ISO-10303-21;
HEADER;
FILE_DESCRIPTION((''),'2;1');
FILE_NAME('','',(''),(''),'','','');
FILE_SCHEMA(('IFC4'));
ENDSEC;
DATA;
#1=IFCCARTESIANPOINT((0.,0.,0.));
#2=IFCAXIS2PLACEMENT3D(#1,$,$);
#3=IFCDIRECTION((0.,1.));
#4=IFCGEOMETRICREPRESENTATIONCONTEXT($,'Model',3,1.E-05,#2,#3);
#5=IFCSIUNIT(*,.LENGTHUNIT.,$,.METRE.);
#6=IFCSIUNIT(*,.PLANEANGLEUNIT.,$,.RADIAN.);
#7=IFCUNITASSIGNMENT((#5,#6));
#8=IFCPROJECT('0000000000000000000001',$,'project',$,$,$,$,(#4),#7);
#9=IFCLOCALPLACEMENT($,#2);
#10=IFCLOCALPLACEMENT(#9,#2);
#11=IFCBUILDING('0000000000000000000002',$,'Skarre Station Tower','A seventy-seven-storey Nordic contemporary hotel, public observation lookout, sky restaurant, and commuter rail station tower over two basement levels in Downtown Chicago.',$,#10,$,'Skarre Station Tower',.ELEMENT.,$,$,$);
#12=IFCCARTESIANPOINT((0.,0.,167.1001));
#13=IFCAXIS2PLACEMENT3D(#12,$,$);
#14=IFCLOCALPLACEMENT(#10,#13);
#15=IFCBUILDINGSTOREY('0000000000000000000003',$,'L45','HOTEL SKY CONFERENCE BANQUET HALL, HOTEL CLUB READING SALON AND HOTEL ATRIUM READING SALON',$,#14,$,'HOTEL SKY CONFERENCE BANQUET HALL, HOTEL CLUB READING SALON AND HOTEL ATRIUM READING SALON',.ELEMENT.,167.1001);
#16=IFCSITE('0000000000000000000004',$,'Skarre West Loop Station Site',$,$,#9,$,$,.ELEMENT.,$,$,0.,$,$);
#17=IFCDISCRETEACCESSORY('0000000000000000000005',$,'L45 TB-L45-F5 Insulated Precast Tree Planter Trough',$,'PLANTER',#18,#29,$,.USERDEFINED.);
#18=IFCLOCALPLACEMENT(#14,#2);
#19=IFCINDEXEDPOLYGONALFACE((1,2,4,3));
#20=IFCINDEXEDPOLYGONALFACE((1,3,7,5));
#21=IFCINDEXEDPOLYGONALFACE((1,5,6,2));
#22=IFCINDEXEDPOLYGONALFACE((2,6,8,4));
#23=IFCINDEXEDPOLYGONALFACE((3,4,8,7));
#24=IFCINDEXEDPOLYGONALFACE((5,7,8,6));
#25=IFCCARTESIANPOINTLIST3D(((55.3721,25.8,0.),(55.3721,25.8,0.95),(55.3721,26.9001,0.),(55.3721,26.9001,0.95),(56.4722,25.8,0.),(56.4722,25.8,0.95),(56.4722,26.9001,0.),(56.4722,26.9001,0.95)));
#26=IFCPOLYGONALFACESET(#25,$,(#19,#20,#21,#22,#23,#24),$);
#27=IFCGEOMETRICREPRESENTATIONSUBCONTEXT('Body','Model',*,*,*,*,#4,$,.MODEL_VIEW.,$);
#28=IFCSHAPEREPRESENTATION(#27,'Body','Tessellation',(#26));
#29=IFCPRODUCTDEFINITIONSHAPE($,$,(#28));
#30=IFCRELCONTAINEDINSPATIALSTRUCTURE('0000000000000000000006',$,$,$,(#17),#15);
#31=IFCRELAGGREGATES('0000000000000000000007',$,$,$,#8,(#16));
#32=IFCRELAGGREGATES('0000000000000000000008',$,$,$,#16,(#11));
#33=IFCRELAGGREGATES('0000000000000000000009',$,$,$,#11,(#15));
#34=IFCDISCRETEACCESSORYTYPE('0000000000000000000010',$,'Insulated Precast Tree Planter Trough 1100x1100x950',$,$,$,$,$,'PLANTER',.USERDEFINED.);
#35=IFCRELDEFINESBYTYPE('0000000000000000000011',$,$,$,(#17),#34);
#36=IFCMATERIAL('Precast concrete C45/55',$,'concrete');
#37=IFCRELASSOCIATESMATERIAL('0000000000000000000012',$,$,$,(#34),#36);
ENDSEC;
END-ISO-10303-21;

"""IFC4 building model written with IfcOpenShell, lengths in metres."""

from ifc_helpers import new_model, si_unit, direction, frame, origin, origin_2d, place, context, subcontext, project, spatial, rectangle, extrude, material, type_object, element, save


model = new_model("IFC4")

# Units and contexts
model_context = context("Model", 3, precision=1e-05, world=origin(), true_north=direction((0.0, 1.0)))
body_context = subcontext(model_context, "Body", "Model", "MODEL_VIEW")
ifc_project = project(units=[si_unit("LENGTHUNIT", "METRE"), si_unit("PLANEANGLEUNIT", "RADIAN")], contexts=[model_context])

# Site, building, storey
site_placement = place(None, origin())
site = spatial("IfcSite", under=ifc_project, at=site_placement, Name="Skarre West Loop Station Site", CompositionType="ELEMENT", RefElevation=0.0)
building_placement = place(site_placement, origin())
building = spatial("IfcBuilding", under=site, at=building_placement, Name="Skarre Station Tower", Description="A seventy-seven-storey Nordic contemporary hotel, public observation lookout, sky restaurant, and commuter rail station tower over two basement levels in Downtown Chicago.", LongName="Skarre Station Tower", CompositionType="ELEMENT")
storey_placement = place(building_placement, frame((0.0, 0.0, 167.1001)))
storey = spatial("IfcBuildingStorey", under=building, at=storey_placement, Name="L45", Description="HOTEL SKY CONFERENCE BANQUET HALL, HOTEL CLUB READING SALON AND HOTEL ATRIUM READING SALON", LongName="HOTEL SKY CONFERENCE BANQUET HALL, HOTEL CLUB READING SALON AND HOTEL ATRIUM READING SALON", CompositionType="ELEMENT", Elevation=167.1001)

# Shared definitions
ifc_material_1 = material(Name="Precast concrete C45/55", Category="concrete")

# Discrete accessory
discrete_accessory_type = type_object("IfcDiscreteAccessoryType", Name="Insulated Precast Tree Planter Trough 1100x1100x950", ElementType="PLANTER", PredefinedType="USERDEFINED", material=ifc_material_1)
discrete_accessory_placement = place(storey_placement, frame((55.9221, 26.3501, 0.0), z_axis=(0.0, 0.0, 1.0), x_axis=(1.0, 0.0, 0.0)))
element("IfcDiscreteAccessory", 1, at=discrete_accessory_placement, inside=storey, type_object=discrete_accessory_type, Name="L45 TB-L45-F5 Insulated Precast Tree Planter Trough", ObjectType="PLANTER", PredefinedType="USERDEFINED", context=body_context, shape_type="SweptSolid", body=[
    extrude(rectangle(XDim=1.1001, YDim=1.1001, at=origin_2d()), origin(), (0.0, 0.0, 1.0), 0.95),
])

save(model, "model.ifc")
